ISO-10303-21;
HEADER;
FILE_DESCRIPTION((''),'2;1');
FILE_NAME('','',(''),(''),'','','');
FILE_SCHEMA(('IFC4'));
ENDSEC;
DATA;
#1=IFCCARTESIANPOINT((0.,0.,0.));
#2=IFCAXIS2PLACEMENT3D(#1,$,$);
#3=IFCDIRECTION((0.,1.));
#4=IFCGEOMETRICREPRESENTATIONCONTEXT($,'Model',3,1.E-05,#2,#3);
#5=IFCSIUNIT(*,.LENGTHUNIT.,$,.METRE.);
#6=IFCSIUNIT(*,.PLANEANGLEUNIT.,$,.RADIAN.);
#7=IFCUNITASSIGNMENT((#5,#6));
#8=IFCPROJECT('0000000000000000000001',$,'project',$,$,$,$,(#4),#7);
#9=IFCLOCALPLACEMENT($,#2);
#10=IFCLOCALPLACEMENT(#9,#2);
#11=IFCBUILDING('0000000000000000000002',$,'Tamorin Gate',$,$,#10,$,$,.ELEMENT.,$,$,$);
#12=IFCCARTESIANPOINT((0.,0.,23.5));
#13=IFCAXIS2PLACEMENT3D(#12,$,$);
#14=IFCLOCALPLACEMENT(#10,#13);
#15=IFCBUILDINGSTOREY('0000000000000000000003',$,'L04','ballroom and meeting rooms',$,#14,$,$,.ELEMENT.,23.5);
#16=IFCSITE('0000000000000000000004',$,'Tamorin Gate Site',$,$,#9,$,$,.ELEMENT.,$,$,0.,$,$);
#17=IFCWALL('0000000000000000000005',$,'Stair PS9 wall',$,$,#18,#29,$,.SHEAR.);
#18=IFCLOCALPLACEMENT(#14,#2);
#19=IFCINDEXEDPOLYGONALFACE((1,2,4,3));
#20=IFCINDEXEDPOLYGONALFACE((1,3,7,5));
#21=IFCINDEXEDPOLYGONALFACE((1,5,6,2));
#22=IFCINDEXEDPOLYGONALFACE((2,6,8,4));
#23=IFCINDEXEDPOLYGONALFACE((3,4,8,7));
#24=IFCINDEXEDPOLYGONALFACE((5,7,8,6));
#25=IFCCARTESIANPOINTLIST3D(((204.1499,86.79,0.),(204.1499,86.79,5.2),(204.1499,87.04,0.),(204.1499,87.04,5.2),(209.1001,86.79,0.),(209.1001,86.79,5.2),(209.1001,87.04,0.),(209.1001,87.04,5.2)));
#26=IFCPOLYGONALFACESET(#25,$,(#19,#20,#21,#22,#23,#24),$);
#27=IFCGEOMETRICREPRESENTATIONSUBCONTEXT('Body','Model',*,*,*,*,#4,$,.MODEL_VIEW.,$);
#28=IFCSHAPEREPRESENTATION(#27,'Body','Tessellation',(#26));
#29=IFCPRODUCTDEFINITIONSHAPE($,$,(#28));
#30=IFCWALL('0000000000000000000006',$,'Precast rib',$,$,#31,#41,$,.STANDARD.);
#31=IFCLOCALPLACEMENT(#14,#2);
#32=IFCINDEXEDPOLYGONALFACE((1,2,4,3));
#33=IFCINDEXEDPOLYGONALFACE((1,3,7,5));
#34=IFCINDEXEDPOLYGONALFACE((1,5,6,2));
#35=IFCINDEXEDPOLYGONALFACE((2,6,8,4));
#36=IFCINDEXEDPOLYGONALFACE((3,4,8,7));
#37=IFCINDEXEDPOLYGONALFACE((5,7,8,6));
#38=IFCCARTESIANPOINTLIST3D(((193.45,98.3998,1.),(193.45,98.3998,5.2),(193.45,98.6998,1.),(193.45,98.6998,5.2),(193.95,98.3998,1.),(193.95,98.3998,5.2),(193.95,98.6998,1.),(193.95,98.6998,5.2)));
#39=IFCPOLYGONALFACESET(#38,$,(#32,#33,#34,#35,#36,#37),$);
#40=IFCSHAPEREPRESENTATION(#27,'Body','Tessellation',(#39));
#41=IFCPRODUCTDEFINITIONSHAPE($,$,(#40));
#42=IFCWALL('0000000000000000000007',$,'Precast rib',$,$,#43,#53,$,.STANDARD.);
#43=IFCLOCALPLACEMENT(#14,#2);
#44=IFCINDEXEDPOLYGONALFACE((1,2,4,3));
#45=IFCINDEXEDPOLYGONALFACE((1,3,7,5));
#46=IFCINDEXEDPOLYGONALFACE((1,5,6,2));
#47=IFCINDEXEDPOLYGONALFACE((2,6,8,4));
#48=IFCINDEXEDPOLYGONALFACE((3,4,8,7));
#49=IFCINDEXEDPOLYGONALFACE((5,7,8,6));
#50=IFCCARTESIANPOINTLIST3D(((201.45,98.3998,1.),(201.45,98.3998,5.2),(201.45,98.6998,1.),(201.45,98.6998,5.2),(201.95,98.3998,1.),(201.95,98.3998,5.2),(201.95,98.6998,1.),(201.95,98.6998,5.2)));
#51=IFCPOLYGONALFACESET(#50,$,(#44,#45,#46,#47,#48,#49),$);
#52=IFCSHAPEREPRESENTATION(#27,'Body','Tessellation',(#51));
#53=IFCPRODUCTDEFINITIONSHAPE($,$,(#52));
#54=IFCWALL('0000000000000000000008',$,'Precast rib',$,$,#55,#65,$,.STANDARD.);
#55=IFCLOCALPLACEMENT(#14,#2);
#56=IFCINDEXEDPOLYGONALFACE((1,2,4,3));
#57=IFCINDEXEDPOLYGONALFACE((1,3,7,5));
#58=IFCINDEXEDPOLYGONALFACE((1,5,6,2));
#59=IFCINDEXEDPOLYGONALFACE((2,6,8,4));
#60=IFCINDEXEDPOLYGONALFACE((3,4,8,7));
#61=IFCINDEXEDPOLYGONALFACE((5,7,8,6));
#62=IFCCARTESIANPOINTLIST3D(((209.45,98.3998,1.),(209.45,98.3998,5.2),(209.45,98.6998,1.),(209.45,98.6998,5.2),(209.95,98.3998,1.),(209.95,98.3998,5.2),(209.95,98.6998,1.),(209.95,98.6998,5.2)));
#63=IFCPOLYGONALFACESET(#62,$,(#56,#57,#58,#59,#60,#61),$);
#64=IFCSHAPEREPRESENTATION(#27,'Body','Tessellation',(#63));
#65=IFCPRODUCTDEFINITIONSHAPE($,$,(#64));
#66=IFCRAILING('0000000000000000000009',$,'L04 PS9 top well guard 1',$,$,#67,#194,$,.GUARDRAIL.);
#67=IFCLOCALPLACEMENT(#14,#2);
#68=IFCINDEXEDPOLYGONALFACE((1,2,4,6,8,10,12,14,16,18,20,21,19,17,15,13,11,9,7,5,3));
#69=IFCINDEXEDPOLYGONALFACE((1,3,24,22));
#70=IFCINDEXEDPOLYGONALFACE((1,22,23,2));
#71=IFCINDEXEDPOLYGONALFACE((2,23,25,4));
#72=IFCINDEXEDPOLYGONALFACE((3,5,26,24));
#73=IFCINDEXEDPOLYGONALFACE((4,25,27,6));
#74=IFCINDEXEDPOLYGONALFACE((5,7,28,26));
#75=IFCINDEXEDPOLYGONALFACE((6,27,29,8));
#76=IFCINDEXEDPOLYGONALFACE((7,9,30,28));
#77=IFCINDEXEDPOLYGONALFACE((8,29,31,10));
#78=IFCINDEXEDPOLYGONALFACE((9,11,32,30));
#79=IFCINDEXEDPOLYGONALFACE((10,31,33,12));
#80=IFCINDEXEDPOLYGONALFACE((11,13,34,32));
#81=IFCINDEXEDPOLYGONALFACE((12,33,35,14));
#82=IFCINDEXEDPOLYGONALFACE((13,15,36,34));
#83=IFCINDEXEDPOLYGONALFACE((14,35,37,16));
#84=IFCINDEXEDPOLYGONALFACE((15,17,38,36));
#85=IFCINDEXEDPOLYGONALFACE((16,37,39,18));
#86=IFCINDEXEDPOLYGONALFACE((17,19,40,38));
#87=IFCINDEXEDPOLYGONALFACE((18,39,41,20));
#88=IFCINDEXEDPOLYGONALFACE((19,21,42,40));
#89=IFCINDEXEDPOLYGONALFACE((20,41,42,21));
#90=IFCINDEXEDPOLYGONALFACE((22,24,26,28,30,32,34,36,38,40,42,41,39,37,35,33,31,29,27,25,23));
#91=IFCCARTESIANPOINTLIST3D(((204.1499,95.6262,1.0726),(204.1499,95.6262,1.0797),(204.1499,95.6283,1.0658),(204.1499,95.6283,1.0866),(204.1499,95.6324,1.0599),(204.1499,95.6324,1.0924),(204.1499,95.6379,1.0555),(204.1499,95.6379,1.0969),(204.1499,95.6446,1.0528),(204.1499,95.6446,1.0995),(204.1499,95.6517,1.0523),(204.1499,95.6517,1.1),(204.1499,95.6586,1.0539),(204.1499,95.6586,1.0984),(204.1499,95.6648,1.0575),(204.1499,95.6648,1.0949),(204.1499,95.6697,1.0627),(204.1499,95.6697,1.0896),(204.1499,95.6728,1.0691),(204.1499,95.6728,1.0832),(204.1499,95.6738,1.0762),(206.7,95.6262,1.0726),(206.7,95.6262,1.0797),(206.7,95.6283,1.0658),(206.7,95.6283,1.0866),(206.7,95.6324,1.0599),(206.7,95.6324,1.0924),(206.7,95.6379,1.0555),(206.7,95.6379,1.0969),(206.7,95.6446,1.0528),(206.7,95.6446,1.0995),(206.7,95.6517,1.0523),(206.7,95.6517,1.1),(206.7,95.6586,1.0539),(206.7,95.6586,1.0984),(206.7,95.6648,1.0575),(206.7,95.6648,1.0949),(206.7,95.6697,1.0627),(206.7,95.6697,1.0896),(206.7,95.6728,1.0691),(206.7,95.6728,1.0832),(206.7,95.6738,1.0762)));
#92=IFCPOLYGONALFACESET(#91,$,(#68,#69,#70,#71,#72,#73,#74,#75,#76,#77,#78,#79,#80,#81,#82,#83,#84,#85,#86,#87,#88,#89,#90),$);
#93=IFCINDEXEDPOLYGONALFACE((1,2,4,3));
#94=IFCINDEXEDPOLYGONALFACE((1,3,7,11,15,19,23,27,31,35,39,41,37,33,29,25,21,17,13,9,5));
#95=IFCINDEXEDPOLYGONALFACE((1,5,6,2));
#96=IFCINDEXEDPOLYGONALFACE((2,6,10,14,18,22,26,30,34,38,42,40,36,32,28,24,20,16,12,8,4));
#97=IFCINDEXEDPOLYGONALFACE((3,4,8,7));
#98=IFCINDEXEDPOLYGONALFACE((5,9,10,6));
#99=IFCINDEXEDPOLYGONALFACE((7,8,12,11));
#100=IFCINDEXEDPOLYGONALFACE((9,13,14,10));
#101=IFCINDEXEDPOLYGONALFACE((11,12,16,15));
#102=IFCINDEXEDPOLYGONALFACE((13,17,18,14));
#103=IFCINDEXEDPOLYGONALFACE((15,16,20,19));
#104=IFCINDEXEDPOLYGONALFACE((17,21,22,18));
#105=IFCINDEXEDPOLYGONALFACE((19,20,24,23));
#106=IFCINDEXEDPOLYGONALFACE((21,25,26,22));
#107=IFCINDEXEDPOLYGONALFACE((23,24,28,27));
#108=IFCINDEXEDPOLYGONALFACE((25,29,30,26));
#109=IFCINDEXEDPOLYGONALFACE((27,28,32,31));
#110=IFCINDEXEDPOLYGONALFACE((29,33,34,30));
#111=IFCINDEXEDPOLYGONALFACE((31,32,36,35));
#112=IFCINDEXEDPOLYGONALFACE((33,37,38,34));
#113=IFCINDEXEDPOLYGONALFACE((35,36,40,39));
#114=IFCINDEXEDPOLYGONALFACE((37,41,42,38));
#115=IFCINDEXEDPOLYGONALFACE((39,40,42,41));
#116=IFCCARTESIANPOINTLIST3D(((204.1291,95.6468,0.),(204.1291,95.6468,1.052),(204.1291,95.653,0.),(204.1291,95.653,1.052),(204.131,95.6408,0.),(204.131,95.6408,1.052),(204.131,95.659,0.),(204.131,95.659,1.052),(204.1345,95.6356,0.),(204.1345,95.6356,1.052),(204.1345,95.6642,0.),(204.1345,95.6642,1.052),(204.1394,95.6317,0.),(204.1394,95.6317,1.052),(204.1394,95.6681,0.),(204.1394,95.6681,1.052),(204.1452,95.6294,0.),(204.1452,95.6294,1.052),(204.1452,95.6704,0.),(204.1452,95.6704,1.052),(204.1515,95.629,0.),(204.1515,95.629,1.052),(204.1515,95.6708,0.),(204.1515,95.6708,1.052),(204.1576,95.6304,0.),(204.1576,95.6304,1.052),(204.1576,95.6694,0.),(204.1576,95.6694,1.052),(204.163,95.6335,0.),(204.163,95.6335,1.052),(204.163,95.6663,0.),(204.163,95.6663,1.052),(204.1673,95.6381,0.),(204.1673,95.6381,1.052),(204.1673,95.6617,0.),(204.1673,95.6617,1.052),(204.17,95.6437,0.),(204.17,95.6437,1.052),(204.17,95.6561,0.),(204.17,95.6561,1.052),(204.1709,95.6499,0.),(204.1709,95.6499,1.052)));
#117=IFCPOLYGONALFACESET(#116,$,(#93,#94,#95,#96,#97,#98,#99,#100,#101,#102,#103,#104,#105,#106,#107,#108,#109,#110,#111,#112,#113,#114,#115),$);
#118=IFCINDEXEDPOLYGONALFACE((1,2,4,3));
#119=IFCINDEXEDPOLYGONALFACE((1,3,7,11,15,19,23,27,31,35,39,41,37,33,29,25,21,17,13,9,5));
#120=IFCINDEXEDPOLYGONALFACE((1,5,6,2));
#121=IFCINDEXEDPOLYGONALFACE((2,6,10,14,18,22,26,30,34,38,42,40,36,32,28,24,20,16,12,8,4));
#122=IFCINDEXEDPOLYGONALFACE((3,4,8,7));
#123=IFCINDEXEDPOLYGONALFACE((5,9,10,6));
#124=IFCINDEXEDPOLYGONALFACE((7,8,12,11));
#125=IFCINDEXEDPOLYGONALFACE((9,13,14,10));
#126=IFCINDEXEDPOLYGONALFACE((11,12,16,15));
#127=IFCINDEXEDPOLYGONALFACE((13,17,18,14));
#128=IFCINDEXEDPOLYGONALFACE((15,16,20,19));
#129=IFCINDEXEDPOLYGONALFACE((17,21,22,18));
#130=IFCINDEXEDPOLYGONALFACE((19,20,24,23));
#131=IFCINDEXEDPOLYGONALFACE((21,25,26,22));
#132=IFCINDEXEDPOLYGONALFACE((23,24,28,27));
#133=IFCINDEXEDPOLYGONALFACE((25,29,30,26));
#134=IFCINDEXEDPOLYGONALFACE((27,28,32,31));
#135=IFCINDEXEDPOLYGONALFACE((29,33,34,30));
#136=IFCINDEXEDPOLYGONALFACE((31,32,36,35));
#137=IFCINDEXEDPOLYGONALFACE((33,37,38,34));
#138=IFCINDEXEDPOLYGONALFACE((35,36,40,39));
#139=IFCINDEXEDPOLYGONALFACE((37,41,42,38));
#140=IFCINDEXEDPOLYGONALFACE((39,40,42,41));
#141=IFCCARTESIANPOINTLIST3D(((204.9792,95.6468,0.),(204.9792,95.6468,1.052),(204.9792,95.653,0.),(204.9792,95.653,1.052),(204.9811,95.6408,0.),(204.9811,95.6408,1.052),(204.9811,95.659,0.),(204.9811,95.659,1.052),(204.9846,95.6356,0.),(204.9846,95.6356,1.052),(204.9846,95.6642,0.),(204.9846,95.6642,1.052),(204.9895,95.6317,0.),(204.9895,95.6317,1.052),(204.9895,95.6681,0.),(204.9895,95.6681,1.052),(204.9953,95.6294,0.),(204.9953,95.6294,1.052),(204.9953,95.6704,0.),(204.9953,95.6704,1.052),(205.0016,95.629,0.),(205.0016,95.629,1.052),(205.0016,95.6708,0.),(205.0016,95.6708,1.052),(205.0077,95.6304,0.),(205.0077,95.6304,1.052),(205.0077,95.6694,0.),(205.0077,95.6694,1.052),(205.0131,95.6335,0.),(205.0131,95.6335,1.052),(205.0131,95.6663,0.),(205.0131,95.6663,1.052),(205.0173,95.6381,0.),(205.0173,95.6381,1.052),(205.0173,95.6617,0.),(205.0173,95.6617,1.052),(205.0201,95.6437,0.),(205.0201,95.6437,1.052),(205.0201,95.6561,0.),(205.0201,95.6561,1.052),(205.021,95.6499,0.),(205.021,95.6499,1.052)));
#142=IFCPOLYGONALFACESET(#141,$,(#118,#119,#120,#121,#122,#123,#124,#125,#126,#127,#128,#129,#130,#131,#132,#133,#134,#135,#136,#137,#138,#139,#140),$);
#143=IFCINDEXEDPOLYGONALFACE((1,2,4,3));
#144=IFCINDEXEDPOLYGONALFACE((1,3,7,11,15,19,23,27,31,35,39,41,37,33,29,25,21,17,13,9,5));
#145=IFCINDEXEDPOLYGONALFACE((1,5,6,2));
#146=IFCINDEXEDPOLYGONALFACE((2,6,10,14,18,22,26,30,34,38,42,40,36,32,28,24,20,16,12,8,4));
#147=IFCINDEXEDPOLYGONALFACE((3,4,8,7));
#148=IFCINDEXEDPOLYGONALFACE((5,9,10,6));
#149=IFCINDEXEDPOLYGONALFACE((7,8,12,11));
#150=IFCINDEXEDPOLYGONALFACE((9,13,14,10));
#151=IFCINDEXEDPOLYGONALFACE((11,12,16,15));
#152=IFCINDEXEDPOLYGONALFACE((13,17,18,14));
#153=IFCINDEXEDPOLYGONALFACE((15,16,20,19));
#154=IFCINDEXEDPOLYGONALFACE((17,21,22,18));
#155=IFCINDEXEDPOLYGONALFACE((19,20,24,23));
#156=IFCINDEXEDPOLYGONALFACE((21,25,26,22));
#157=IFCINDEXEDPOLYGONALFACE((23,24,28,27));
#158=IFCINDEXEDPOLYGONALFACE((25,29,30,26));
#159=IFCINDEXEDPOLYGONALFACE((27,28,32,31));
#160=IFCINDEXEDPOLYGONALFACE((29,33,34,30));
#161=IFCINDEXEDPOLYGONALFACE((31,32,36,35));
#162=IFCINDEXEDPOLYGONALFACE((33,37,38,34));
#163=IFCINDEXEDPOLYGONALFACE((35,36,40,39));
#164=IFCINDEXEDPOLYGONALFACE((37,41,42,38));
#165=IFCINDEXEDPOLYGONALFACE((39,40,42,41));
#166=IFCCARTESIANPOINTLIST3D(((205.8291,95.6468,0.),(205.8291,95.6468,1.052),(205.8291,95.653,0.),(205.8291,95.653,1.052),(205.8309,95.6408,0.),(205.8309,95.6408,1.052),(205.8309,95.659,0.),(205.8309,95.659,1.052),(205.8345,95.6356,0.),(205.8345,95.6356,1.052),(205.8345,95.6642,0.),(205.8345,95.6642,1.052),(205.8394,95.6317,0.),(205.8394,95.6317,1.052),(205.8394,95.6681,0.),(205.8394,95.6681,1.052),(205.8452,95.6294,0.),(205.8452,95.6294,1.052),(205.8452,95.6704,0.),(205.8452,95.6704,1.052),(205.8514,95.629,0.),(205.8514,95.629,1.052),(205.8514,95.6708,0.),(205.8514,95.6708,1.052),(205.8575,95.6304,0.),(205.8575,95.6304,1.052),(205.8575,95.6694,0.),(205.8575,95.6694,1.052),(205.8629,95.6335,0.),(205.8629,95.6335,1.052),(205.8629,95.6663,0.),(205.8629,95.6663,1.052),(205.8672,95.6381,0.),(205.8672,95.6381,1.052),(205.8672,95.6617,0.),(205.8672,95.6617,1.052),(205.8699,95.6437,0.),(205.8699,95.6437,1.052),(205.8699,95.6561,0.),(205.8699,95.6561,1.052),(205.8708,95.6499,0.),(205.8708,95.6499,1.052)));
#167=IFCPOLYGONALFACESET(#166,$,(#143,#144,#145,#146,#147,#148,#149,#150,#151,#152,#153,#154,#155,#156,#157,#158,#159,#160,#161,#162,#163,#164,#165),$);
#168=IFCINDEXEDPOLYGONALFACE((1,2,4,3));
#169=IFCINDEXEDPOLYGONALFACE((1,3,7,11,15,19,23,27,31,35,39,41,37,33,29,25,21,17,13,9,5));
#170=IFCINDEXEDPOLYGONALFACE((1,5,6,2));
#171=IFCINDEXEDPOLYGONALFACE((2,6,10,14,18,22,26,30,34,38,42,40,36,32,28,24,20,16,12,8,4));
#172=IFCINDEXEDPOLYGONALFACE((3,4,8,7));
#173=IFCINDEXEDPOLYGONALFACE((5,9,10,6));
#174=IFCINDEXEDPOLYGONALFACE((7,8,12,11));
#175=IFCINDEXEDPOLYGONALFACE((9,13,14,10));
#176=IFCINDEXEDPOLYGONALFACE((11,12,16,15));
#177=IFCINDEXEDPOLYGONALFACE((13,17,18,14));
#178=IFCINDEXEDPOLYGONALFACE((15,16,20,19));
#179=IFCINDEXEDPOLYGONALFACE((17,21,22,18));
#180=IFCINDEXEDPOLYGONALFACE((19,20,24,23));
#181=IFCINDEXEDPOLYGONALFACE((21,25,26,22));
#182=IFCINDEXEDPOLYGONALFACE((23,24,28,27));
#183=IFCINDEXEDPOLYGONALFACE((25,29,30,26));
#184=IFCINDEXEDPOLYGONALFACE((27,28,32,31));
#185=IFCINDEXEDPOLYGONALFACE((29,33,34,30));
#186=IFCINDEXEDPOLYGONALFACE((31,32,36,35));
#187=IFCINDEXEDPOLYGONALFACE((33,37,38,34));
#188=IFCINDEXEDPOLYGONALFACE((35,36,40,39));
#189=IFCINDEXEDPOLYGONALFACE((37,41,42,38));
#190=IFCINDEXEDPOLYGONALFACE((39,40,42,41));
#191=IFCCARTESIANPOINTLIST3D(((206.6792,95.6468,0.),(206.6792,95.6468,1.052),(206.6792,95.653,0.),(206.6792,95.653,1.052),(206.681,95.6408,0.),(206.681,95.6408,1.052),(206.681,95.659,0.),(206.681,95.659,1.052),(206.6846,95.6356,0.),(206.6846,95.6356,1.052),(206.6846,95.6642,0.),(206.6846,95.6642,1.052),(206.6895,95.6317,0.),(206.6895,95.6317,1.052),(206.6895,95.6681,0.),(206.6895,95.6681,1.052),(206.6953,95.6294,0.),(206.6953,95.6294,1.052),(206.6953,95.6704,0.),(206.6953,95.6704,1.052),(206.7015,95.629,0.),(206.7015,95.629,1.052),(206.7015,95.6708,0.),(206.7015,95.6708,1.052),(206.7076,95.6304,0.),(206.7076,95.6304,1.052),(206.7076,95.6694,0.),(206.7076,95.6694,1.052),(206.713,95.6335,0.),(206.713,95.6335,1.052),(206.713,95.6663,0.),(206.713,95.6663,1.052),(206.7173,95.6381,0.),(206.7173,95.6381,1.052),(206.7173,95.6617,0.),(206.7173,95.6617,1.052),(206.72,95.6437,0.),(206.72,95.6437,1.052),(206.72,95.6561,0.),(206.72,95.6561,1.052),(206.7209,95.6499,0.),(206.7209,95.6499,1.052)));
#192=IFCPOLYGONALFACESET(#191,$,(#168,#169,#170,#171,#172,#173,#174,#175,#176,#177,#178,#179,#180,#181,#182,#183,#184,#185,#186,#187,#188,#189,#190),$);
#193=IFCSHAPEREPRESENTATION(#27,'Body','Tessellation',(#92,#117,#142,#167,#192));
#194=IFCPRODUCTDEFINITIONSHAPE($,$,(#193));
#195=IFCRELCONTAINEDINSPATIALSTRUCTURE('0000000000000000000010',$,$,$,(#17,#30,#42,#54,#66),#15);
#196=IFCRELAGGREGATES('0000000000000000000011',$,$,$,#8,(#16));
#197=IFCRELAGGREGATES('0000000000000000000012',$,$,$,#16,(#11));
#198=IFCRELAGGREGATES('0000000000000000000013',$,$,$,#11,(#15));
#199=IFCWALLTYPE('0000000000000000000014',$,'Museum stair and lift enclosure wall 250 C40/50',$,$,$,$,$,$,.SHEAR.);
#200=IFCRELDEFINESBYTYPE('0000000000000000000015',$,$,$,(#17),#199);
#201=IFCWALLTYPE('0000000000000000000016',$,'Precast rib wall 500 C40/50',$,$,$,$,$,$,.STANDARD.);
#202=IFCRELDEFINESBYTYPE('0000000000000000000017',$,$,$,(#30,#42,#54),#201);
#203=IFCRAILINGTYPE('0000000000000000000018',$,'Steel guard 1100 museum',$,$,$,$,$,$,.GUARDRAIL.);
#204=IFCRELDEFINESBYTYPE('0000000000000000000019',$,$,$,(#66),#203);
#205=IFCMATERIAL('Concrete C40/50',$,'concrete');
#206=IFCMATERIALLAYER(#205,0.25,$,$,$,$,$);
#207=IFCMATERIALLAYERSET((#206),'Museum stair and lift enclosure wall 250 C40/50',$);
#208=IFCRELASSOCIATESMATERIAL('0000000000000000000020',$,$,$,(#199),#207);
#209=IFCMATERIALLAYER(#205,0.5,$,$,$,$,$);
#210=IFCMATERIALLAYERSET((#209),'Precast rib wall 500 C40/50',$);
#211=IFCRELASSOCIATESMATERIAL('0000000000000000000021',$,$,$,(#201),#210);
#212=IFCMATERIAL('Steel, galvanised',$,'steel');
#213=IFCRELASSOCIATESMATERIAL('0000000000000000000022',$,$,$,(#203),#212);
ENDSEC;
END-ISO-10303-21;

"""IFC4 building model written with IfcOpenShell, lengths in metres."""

from ifc_helpers import new_model, si_unit, direction, frame, frame_2d, origin, origin_2d, place, context, subcontext, project, spatial, rectangle, circle, extrude, material, layer, layer_set, type_object, element, save


model = new_model("IFC4")

# Units and contexts
model_context = context("Model", 3, precision=1e-05, world=origin(), true_north=direction((0.0, 1.0)))
body_context = subcontext(model_context, "Body", "Model", "MODEL_VIEW")
ifc_project = project(units=[si_unit("LENGTHUNIT", "METRE"), si_unit("PLANEANGLEUNIT", "RADIAN")], contexts=[model_context])

# Site, building, storey
site_placement = place(None, origin())
site = spatial("IfcSite", under=ifc_project, at=site_placement, Name="Tamorin Gate Site", CompositionType="ELEMENT", RefElevation=0.0)
building_placement = place(site_placement, origin())
building = spatial("IfcBuilding", under=site, at=building_placement, Name="Tamorin Gate", CompositionType="ELEMENT")
storey_placement = place(building_placement, frame((0.0, 0.0, 23.5)))
storey = spatial("IfcBuildingStorey", under=building, at=storey_placement, Name="L04", Description="ballroom and meeting rooms", CompositionType="ELEMENT", Elevation=23.5)

# Shared definitions
ifc_material_1 = material(Name="Concrete C40/50", Category="concrete")
ifc_layer_1 = layer(ifc_material_1, 0.25)
ifc_layer_set_1 = layer_set([ifc_layer_1], Name="Museum stair and lift enclosure wall 250 C40/50")
wall_type_1 = type_object("IfcWallType", Name="Museum stair and lift enclosure wall 250 C40/50", PredefinedType="SHEAR", material=ifc_layer_set_1)

# Walls
wall_1_placement = place(storey_placement, frame((204.1499, 86.915, 0.0), z_axis=(0.0, 0.0, 1.0), x_axis=(1.0, 0.0, 0.0)))
element("IfcWall", 1, at=wall_1_placement, inside=storey, type_object=wall_type_1, Name="Stair PS9 wall", PredefinedType="SHEAR", context=body_context, shape_type="SweptSolid", body=[
    extrude(rectangle(XDim=4.9502, YDim=0.25, at=frame_2d((2.4751, 0.0))), origin(), (0.0, 0.0, 1.0), 5.2),
])
ifc_layer_2 = layer(ifc_material_1, 0.5)
ifc_layer_set_2 = layer_set([ifc_layer_2], Name="Precast rib wall 500 C40/50")
wall_type_2 = type_object("IfcWallType", Name="Precast rib wall 500 C40/50", PredefinedType="STANDARD", material=ifc_layer_set_2)
for number, where, z_axis, x_axis, name in (
    (2, (193.7, 98.3999, 1.0), (0.0, 0.0, 1.0), (0.0, 1.0, 0.0), "Precast rib"),
    (3, (201.7, 98.3999, 1.0), (0.0, 0.0, 1.0), (0.0, 1.0, 0.0), "Precast rib"),
    (4, (209.7, 98.3999, 1.0), (0.0, 0.0, 1.0), (0.0, 1.0, 0.0), "Precast rib"),
):
    element("IfcWall", number, at=place(storey_placement, frame(where, z_axis=z_axis, x_axis=x_axis)), inside=storey, type_object=wall_type_2, Name=name, PredefinedType="STANDARD", context=body_context, shape_type="SweptSolid", body=[
        extrude(rectangle(XDim=0.3, YDim=0.5, at=frame_2d((0.1499, 0.0))), origin(), (0.0, 0.0, 1.0), 4.2),
    ])

# Railing
ifc_material_2 = material(Name="Steel, galvanised", Category="steel")
railing_type = type_object("IfcRailingType", Name="Steel guard 1100 museum", PredefinedType="GUARDRAIL", material=ifc_material_2)
railing_placement = place(storey_placement, frame((204.1499, 95.6499, 0.0)))
element("IfcRailing", 5, at=railing_placement, inside=storey, type_object=railing_type, Name="L04 PS9 top well guard 1", PredefinedType="GUARDRAIL", context=body_context, shape_type="SweptSolid", body=[
    extrude(circle(Radius=0.0239, at=origin_2d()), frame((0.0, 0.0, 1.0762), z_axis=(1.0, 0.0, 0.0), x_axis=(0.0, 1.0, 0.0)), (0.0, 0.0, 1.0), 2.55),
    extrude(circle(Radius=0.021, at=origin_2d()), origin(), (0.0, 0.0, 1.0), 1.052),
    extrude(circle(Radius=0.021, at=origin_2d()), frame((0.8501, 0.0, 0.0)), (0.0, 0.0, 1.0), 1.052),
    extrude(circle(Radius=0.021, at=origin_2d()), frame((1.7, 0.0, 0.0)), (0.0, 0.0, 1.0), 1.052),
    extrude(circle(Radius=0.021, at=origin_2d()), frame((2.55, 0.0, 0.0)), (0.0, 0.0, 1.0), 1.052),
])

save(model, "model.ifc")
